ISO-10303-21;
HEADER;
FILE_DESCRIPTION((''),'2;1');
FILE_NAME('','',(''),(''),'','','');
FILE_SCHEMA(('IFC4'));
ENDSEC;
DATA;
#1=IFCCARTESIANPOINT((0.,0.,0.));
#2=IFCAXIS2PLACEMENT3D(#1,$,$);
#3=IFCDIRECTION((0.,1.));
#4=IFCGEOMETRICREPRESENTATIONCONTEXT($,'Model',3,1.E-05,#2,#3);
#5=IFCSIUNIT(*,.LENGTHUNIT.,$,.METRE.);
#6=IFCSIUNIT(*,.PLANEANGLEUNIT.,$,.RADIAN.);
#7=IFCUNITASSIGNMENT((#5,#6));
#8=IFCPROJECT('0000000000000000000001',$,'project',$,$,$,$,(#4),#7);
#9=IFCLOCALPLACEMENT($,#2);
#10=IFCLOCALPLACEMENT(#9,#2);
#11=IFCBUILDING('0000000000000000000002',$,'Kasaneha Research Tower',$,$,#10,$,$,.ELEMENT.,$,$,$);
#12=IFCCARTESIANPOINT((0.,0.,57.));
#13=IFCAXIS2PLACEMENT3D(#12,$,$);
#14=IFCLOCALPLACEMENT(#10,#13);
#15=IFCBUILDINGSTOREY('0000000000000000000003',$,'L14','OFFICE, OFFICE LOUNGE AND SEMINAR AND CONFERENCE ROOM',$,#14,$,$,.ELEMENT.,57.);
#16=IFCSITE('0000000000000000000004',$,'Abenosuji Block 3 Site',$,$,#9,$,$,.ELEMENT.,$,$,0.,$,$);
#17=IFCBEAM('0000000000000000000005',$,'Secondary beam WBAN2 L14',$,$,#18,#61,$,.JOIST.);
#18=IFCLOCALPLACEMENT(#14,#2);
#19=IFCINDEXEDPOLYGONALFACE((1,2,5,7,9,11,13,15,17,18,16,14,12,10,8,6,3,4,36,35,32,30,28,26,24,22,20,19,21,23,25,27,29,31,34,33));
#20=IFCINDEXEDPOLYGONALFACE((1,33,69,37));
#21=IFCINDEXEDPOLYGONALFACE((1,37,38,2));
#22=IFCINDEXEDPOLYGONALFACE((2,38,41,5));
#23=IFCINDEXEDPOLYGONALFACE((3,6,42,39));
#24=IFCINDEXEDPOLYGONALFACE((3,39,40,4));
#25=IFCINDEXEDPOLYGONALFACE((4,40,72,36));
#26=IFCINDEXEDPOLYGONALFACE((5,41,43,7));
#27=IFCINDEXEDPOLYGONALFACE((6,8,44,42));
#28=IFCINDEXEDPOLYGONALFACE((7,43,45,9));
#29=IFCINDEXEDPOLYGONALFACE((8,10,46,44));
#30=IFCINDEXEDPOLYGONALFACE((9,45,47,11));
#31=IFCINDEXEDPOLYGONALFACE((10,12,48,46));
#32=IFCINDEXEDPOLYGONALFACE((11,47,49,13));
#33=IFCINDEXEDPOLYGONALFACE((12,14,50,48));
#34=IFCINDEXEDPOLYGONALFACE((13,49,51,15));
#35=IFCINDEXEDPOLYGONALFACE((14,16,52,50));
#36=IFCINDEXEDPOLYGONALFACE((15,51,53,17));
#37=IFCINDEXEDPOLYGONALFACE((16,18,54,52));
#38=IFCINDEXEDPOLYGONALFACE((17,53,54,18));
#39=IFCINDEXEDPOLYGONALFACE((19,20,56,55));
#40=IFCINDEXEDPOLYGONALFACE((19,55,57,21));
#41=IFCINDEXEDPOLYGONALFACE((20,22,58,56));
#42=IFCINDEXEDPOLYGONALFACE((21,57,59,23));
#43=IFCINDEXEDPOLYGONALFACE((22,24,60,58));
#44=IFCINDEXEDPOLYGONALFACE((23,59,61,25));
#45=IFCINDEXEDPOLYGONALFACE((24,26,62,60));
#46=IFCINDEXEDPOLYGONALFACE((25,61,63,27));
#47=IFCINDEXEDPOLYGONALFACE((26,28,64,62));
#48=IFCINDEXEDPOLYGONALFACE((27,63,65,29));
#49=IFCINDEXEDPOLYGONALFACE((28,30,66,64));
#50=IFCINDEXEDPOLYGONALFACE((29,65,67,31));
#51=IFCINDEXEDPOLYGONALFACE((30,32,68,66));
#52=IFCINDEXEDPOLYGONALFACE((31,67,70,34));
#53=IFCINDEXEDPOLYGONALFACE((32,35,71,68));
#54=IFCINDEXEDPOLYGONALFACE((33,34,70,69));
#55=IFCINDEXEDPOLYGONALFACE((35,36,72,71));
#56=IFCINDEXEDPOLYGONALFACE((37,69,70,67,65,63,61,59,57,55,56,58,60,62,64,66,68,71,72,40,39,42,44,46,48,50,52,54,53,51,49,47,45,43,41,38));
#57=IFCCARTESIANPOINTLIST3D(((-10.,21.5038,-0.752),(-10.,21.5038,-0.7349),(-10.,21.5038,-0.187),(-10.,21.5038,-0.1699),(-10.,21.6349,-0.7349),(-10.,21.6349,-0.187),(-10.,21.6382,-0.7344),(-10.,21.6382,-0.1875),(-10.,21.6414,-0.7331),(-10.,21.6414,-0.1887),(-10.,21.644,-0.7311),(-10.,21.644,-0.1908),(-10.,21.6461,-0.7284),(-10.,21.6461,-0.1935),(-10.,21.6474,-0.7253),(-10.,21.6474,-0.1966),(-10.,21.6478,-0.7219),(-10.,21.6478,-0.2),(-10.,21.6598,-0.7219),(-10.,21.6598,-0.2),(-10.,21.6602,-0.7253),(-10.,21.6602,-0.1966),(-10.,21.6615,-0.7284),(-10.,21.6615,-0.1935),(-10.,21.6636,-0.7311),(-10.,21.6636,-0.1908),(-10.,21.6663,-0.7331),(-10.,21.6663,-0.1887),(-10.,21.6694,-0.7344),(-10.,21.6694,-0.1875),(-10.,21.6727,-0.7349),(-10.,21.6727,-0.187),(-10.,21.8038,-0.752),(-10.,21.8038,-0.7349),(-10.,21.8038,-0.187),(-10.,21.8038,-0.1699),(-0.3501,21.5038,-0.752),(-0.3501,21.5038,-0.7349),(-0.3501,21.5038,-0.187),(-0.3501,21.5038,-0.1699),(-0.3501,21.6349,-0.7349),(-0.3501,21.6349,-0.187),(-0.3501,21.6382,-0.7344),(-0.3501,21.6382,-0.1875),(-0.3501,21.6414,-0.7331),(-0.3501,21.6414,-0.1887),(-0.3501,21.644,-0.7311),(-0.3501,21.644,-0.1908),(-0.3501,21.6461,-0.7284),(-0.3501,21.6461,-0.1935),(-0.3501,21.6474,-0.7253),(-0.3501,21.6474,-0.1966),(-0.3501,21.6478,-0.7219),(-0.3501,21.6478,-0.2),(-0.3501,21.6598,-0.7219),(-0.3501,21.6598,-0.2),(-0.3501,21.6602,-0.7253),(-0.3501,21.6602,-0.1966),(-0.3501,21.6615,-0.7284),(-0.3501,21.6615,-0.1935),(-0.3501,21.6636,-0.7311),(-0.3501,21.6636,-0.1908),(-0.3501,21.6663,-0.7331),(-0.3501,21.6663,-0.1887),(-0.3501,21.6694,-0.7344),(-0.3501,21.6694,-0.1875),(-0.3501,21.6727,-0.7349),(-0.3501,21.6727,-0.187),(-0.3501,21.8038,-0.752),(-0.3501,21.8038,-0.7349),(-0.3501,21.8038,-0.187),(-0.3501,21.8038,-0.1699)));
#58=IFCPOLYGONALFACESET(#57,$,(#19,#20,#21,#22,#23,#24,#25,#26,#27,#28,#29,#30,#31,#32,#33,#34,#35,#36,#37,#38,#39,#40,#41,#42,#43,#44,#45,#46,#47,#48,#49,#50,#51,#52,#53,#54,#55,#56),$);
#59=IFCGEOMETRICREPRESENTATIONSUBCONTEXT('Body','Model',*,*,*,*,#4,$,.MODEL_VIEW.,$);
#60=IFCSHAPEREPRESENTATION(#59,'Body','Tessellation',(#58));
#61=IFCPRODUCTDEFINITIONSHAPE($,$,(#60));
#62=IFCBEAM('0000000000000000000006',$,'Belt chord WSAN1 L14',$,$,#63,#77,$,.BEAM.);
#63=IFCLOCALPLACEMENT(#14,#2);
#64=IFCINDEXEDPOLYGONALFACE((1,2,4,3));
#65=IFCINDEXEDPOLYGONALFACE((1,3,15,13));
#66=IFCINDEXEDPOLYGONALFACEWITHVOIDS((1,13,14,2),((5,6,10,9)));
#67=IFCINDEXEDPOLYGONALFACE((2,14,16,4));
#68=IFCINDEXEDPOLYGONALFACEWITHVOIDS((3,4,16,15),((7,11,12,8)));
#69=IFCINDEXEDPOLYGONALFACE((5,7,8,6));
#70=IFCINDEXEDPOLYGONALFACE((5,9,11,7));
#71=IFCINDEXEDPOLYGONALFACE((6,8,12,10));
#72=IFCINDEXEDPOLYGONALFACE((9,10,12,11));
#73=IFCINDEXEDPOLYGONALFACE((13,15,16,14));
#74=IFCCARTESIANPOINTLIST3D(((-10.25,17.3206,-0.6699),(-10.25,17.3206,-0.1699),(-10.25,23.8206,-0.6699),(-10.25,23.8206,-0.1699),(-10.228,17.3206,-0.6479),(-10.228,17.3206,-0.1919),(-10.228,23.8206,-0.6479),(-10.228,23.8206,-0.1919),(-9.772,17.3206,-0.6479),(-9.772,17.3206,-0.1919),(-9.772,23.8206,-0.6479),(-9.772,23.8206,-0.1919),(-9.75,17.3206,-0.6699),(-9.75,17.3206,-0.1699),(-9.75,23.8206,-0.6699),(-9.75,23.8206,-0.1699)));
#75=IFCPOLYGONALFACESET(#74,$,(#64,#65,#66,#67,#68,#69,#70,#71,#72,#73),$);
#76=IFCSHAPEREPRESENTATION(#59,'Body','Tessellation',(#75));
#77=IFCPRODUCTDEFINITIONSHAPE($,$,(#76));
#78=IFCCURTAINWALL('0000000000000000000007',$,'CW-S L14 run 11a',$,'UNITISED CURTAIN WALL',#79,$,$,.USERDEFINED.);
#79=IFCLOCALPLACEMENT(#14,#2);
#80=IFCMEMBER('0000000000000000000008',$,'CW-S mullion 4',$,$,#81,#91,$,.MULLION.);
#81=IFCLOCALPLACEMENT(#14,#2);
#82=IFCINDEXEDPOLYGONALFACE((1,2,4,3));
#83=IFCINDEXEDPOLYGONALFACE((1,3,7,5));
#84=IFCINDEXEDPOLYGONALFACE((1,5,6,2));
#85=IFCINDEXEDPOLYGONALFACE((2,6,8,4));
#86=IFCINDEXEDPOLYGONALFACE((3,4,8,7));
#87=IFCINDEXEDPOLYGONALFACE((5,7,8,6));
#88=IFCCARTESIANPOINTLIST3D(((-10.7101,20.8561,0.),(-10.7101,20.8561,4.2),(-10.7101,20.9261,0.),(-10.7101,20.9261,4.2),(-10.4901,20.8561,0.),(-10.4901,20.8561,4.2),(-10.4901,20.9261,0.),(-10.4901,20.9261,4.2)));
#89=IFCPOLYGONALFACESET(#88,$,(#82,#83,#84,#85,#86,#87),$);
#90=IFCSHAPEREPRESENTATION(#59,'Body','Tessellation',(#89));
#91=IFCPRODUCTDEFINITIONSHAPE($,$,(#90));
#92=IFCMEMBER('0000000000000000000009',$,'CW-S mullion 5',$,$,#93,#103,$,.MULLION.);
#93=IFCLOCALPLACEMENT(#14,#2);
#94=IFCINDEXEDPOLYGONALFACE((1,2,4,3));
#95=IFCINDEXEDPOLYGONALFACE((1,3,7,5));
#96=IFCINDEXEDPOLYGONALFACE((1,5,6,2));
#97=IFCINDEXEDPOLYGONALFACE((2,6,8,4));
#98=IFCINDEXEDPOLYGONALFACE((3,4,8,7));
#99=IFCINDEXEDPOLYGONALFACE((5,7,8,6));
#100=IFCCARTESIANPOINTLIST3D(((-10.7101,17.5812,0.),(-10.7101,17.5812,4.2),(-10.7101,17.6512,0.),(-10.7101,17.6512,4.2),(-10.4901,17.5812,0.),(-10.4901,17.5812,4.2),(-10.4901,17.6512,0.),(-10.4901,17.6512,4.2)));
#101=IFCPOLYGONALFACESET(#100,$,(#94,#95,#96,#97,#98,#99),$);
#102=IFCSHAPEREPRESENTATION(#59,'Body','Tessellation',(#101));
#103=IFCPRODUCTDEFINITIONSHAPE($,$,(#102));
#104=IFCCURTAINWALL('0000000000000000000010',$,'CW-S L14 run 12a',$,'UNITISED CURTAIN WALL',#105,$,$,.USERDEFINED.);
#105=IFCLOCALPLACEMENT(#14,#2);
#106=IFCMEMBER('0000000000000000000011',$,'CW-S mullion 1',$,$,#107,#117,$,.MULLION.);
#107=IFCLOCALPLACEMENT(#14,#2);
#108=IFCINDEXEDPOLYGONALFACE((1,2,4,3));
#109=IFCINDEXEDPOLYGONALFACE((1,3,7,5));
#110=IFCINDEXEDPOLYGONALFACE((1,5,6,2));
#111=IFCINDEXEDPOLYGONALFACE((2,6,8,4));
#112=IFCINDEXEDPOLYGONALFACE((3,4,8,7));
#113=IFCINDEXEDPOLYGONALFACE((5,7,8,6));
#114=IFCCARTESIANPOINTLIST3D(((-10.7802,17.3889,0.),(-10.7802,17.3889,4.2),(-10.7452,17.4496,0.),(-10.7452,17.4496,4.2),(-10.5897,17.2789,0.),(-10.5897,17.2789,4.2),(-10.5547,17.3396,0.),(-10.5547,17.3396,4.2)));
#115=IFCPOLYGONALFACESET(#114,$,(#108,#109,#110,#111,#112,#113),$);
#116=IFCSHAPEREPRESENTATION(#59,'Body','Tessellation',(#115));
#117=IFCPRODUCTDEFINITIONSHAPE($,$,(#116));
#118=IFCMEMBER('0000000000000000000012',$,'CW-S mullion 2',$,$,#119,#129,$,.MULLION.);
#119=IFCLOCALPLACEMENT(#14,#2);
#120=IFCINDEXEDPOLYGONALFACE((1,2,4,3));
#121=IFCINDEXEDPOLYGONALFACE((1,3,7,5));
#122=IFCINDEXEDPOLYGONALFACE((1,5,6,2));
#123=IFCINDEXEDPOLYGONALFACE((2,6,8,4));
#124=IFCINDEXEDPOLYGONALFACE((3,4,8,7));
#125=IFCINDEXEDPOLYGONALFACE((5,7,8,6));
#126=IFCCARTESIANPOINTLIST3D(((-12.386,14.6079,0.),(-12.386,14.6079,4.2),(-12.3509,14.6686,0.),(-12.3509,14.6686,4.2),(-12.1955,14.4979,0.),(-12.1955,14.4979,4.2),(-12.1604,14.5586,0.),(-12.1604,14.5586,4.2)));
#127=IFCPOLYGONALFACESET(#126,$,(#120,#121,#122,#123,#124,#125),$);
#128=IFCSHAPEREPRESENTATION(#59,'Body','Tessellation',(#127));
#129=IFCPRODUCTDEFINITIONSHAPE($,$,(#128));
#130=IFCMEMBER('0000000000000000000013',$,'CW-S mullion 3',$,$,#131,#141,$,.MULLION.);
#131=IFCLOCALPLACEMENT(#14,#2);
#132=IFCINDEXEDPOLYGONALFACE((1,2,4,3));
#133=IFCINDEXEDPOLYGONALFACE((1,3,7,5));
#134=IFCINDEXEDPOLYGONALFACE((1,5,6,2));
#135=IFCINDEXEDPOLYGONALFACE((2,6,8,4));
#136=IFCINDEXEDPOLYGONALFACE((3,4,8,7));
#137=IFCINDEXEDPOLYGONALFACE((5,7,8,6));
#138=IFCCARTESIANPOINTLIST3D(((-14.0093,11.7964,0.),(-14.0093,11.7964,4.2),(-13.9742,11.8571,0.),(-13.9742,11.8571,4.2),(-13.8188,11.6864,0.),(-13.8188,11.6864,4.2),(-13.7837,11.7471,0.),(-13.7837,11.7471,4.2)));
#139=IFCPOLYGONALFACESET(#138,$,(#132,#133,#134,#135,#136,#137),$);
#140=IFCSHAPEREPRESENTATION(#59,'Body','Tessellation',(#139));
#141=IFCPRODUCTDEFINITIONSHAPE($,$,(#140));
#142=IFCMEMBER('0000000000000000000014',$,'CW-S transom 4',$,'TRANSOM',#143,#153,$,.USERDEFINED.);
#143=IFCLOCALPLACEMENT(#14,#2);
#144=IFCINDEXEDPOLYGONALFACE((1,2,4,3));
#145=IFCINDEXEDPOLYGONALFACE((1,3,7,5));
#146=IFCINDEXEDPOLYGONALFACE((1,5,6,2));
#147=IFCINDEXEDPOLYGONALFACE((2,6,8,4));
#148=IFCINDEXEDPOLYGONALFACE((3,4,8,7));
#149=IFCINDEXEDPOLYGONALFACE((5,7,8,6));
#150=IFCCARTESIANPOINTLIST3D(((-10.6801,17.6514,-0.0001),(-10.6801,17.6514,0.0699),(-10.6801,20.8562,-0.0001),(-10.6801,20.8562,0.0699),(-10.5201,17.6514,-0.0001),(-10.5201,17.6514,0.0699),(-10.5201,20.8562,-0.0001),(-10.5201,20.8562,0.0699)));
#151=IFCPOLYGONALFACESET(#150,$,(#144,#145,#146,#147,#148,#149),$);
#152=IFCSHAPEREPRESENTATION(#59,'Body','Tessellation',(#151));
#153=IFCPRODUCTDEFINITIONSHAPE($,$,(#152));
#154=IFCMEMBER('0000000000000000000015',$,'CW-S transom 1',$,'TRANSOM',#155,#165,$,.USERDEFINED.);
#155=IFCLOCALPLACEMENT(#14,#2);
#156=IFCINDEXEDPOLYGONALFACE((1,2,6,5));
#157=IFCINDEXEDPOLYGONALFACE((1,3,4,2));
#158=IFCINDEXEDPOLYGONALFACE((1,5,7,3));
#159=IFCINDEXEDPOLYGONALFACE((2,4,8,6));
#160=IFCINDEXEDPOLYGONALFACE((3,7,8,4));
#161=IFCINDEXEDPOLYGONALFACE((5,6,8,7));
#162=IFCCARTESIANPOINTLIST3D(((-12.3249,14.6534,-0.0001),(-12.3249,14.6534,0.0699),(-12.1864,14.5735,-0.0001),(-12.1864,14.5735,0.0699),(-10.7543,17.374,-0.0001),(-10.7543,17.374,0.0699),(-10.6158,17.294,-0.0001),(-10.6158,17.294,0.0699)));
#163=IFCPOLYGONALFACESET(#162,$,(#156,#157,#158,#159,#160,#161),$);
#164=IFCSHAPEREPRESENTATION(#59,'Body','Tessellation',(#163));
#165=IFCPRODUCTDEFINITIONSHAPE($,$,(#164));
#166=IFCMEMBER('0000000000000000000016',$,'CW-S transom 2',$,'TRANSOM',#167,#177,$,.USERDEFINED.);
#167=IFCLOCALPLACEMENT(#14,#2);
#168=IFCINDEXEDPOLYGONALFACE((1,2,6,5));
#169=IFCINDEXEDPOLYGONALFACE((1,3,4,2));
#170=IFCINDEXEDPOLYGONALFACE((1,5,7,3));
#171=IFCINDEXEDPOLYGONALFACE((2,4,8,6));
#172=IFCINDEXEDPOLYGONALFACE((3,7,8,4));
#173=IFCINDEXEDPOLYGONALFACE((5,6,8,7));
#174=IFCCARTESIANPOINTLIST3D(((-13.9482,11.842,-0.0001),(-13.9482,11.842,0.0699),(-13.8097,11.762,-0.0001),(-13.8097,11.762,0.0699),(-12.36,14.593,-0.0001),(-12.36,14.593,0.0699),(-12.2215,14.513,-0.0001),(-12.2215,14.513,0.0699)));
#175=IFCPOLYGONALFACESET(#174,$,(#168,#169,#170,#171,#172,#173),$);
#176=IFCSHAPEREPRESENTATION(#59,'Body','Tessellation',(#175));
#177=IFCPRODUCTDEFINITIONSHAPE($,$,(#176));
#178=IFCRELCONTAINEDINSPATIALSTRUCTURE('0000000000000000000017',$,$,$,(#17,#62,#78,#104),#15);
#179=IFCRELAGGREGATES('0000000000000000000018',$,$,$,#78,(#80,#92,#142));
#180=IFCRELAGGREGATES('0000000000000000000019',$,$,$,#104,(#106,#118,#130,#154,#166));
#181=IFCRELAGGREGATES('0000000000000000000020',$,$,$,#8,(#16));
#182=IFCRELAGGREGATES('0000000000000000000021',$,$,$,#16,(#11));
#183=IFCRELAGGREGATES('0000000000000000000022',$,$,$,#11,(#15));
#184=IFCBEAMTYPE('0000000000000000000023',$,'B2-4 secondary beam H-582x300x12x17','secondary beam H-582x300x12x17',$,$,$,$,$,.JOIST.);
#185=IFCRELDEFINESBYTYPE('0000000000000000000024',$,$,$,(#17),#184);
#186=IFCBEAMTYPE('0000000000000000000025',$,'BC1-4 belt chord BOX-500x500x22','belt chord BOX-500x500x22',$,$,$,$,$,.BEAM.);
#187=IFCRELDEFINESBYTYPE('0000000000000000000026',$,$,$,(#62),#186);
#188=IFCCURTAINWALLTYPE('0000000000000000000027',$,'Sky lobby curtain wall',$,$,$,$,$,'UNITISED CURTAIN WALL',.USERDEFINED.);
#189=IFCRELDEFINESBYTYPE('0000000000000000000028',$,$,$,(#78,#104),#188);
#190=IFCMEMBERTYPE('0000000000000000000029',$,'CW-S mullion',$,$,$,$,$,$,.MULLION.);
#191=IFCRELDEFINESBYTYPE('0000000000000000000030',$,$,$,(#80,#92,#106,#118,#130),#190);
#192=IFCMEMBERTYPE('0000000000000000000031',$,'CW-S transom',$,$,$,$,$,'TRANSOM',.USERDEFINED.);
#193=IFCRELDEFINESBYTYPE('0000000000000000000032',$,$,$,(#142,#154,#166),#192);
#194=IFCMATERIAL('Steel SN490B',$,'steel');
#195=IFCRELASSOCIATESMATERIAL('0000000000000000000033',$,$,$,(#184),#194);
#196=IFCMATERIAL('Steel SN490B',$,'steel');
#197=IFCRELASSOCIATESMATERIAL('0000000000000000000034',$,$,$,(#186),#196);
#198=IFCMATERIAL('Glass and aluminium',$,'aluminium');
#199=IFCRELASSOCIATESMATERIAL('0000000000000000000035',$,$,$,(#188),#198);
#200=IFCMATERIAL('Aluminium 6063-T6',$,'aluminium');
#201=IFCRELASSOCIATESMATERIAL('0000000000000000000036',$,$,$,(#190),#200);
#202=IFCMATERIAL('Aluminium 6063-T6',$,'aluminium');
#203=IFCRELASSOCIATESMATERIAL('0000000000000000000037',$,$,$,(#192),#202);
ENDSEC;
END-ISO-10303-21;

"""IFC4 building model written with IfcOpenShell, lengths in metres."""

from ifc_helpers import new_model, si_unit, direction, frame, origin, origin_2d, place, context, subcontext, project, spatial, rectangle, hollow_rectangle, i_section, extrude, material, material_profile, profile_set, type_object, element, aggregate, save


model = new_model("IFC4")

# Units and contexts
model_context = context("Model", 3, precision=1e-05, world=origin(), true_north=direction((0.0, 1.0)))
body_context = subcontext(model_context, "Body", "Model", "MODEL_VIEW")
ifc_project = project(units=[si_unit("LENGTHUNIT", "METRE"), si_unit("PLANEANGLEUNIT", "RADIAN")], contexts=[model_context])

# Site, building, storey
site_placement = place(None, origin())
site = spatial("IfcSite", under=ifc_project, at=site_placement, Name="Abenosuji Block 3 Site", CompositionType="ELEMENT", RefElevation=0.0)
building_placement = place(site_placement, origin())
building = spatial("IfcBuilding", under=site, at=building_placement, Name="Kasaneha Research Tower", CompositionType="ELEMENT")
storey_placement = place(building_placement, frame((0.0, 0.0, 57.0)))
storey = spatial("IfcBuildingStorey", under=building, at=storey_placement, Name="L14", Description="OFFICE, OFFICE LOUNGE AND SEMINAR AND CONFERENCE ROOM", CompositionType="ELEMENT", Elevation=57.0)

# Beams
ifc_material_1 = material(Name="Steel SN490B", Category="steel")
ifc_material_profile_1 = material_profile(ifc_material_1, i_section(OverallWidth=0.3, OverallDepth=0.582, WebThickness=0.012, FlangeThickness=0.0171, FilletRadius=0.0129, at=origin_2d()), Name="H-582x300x12x17")
ifc_profile_set_1 = profile_set([ifc_material_profile_1], Name="Steel SN490B")
beam_type_1 = type_object("IfcBeamType", Name="B2-4 secondary beam H-582x300x12x17", Description="secondary beam H-582x300x12x17", PredefinedType="JOIST", material=ifc_profile_set_1)
for number, where, z_axis, x_axis, name in (
    (1, (-10.0, 21.6538, -0.4609), (1.0, 0.0, 0.0), (0.0, 1.0, 0.0), "Secondary beam WBAN2 L14"),
):
    element("IfcBeam", number, at=place(storey_placement, frame(where, z_axis=z_axis, x_axis=x_axis)), inside=storey, type_object=beam_type_1, Name=name, PredefinedType="JOIST", context=body_context, shape_type="SweptSolid", body=[
        extrude(i_section(OverallWidth=0.3, OverallDepth=0.582, WebThickness=0.012, FlangeThickness=0.0171, FilletRadius=0.0129, at=origin_2d()), origin(), (0.0, 0.0, 1.0), 9.6499),
    ])
ifc_material_2 = material(Name="Steel SN490B", Category="steel")
ifc_material_profile_2 = material_profile(ifc_material_2, hollow_rectangle(XDim=0.5, YDim=0.5, WallThickness=0.022, at=origin_2d()), Name="BOX-500x500x22")
ifc_profile_set_2 = profile_set([ifc_material_profile_2], Name="Steel SN490B")
beam_type_2 = type_object("IfcBeamType", Name="BC1-4 belt chord BOX-500x500x22", Description="belt chord BOX-500x500x22", PredefinedType="BEAM", material=ifc_profile_set_2)
beam_1_placement = place(storey_placement, frame((-10.0, 17.3206, -0.4199), z_axis=(0.0, 1.0, 0.0), x_axis=(-1.0, 0.0, 0.0)))
element("IfcBeam", 2, at=beam_1_placement, inside=storey, type_object=beam_type_2, Name="Belt chord WSAN1 L14", PredefinedType="BEAM", context=body_context, shape_type="SweptSolid", body=[
    extrude(hollow_rectangle(XDim=0.5, YDim=0.5, WallThickness=0.022, at=origin_2d()), origin(), (0.0, 0.0, 1.0), 6.5),
])

# Curtain walls, members
ifc_material_3 = material(Name="Glass and aluminium", Category="aluminium")
curtain_wall_type = type_object("IfcCurtainWallType", Name="Sky lobby curtain wall", ElementType="UNITISED CURTAIN WALL", PredefinedType="USERDEFINED", material=ifc_material_3)
curtain_wall_1_placement = place(storey_placement, origin())
curtain_wall_1 = element("IfcCurtainWall", 3, at=curtain_wall_1_placement, inside=storey, type_object=curtain_wall_type, Name="CW-S L14 run 11a", ObjectType="UNITISED CURTAIN WALL", PredefinedType="USERDEFINED")
ifc_material_4 = material(Name="Aluminium 6063-T6", Category="aluminium")
ifc_material_profile_3 = material_profile(ifc_material_4, rectangle(XDim=0.0701, YDim=0.22, at=origin_2d()), Name="CW-S mullion 70x220")
ifc_profile_set_3 = profile_set([ifc_material_profile_3], Name="Aluminium 6063-T6")
member_type_1 = type_object("IfcMemberType", Name="CW-S mullion", PredefinedType="MULLION", material=ifc_profile_set_3)
member_1_placement = place(storey_placement, frame((-10.6001, 20.8911, 0.0), z_axis=(0.0, 0.0, 1.0), x_axis=(0.0, -1.0, 0.0)))
member_1 = element("IfcMember", 4, at=member_1_placement, type_object=member_type_1, Name="CW-S mullion 4", PredefinedType="MULLION", context=body_context, shape_type="SweptSolid", body=[
    extrude(rectangle(XDim=0.0701, YDim=0.22, at=origin_2d()), origin(), (0.0, 0.0, 1.0), 4.2),
])
member_2_placement = place(storey_placement, frame((-10.6001, 17.6162, 0.0), z_axis=(0.0, 0.0, 1.0), x_axis=(0.0, -1.0, 0.0)))
member_2 = element("IfcMember", 5, at=member_2_placement, type_object=member_type_1, Name="CW-S mullion 5", PredefinedType="MULLION", context=body_context, shape_type="SweptSolid", body=[
    extrude(rectangle(XDim=0.0701, YDim=0.22, at=origin_2d()), origin(), (0.0, 0.0, 1.0), 4.2),
])
curtain_wall_2_placement = place(storey_placement, origin())
curtain_wall_2 = element("IfcCurtainWall", 6, at=curtain_wall_2_placement, inside=storey, type_object=curtain_wall_type, Name="CW-S L14 run 12a", ObjectType="UNITISED CURTAIN WALL", PredefinedType="USERDEFINED")
member_3_placement = place(storey_placement, frame((-10.6675, 17.3643, 0.0), z_axis=(0.0, 0.0, 1.0), x_axis=(-0.5, -0.866025, 0.0)))
member_3 = element("IfcMember", 7, at=member_3_placement, type_object=member_type_1, Name="CW-S mullion 1", PredefinedType="MULLION", context=body_context, shape_type="SweptSolid", body=[
    extrude(rectangle(XDim=0.0701, YDim=0.22, at=origin_2d()), origin(), (0.0, 0.0, 1.0), 4.2),
])
member_4_placement = place(storey_placement, frame((-12.2732, 14.5833, 0.0), z_axis=(0.0, 0.0, 1.0), x_axis=(-0.5, -0.866025, 0.0)))
member_4 = element("IfcMember", 8, at=member_4_placement, type_object=member_type_1, Name="CW-S mullion 2", PredefinedType="MULLION", context=body_context, shape_type="SweptSolid", body=[
    extrude(rectangle(XDim=0.0701, YDim=0.22, at=origin_2d()), origin(), (0.0, 0.0, 1.0), 4.2),
])
member_5_placement = place(storey_placement, frame((-13.8965, 11.7717, 0.0), z_axis=(0.0, 0.0, 1.0), x_axis=(-0.5, -0.866025, 0.0)))
member_5 = element("IfcMember", 9, at=member_5_placement, type_object=member_type_1, Name="CW-S mullion 3", PredefinedType="MULLION", context=body_context, shape_type="SweptSolid", body=[
    extrude(rectangle(XDim=0.0701, YDim=0.22, at=origin_2d()), origin(), (0.0, 0.0, 1.0), 4.2),
])

# Members
ifc_material_5 = material(Name="Aluminium 6063-T6", Category="aluminium")
ifc_material_profile_4 = material_profile(ifc_material_5, rectangle(XDim=0.1599, YDim=0.0701, at=origin_2d()), Name="CW-S transom 160x70")
ifc_profile_set_4 = profile_set([ifc_material_profile_4], Name="Aluminium 6063-T6")
member_type_2 = type_object("IfcMemberType", Name="CW-S transom", ElementType="TRANSOM", PredefinedType="USERDEFINED", material=ifc_profile_set_4)
member_6_placement = place(storey_placement, frame((-10.6001, 20.8562, 0.0349), z_axis=(0.0, -1.0, 0.0), x_axis=(1.0, 0.0, 0.0)))
member_6 = element("IfcMember", 10, at=member_6_placement, type_object=member_type_2, Name="CW-S transom 4", ObjectType="TRANSOM", PredefinedType="USERDEFINED", context=body_context, shape_type="SweptSolid", body=[
    extrude(rectangle(XDim=0.1599, YDim=0.0701, at=origin_2d()), origin(), (0.0, 0.0, 1.0), 3.2048),
])
member_7_placement = place(storey_placement, frame((-10.6851, 17.334, 0.0349), z_axis=(-0.499976, -0.866039, 0.0), x_axis=(0.866039, -0.499976, 0.0)))
member_7 = element("IfcMember", 11, at=member_7_placement, type_object=member_type_2, Name="CW-S transom 1", ObjectType="TRANSOM", PredefinedType="USERDEFINED", context=body_context, shape_type="SweptSolid", body=[
    extrude(rectangle(XDim=0.1599, YDim=0.0701, at=origin_2d()), origin(), (0.0, 0.0, 1.0), 3.1414),
])
member_8_placement = place(storey_placement, frame((-12.2908, 14.553, 0.0349), z_axis=(-0.499966, -0.866045, 0.0), x_axis=(0.866045, -0.499966, 0.0)))
member_8 = element("IfcMember", 12, at=member_8_placement, type_object=member_type_2, Name="CW-S transom 2", ObjectType="TRANSOM", PredefinedType="USERDEFINED", context=body_context, shape_type="SweptSolid", body=[
    extrude(rectangle(XDim=0.1599, YDim=0.0701, at=origin_2d()), origin(), (0.0, 0.0, 1.0), 3.1765),
])

aggregate(curtain_wall_1, [member_1, member_2, member_6])
aggregate(curtain_wall_2, [member_3, member_4, member_5, member_7, member_8])

save(model, "model.ifc")
